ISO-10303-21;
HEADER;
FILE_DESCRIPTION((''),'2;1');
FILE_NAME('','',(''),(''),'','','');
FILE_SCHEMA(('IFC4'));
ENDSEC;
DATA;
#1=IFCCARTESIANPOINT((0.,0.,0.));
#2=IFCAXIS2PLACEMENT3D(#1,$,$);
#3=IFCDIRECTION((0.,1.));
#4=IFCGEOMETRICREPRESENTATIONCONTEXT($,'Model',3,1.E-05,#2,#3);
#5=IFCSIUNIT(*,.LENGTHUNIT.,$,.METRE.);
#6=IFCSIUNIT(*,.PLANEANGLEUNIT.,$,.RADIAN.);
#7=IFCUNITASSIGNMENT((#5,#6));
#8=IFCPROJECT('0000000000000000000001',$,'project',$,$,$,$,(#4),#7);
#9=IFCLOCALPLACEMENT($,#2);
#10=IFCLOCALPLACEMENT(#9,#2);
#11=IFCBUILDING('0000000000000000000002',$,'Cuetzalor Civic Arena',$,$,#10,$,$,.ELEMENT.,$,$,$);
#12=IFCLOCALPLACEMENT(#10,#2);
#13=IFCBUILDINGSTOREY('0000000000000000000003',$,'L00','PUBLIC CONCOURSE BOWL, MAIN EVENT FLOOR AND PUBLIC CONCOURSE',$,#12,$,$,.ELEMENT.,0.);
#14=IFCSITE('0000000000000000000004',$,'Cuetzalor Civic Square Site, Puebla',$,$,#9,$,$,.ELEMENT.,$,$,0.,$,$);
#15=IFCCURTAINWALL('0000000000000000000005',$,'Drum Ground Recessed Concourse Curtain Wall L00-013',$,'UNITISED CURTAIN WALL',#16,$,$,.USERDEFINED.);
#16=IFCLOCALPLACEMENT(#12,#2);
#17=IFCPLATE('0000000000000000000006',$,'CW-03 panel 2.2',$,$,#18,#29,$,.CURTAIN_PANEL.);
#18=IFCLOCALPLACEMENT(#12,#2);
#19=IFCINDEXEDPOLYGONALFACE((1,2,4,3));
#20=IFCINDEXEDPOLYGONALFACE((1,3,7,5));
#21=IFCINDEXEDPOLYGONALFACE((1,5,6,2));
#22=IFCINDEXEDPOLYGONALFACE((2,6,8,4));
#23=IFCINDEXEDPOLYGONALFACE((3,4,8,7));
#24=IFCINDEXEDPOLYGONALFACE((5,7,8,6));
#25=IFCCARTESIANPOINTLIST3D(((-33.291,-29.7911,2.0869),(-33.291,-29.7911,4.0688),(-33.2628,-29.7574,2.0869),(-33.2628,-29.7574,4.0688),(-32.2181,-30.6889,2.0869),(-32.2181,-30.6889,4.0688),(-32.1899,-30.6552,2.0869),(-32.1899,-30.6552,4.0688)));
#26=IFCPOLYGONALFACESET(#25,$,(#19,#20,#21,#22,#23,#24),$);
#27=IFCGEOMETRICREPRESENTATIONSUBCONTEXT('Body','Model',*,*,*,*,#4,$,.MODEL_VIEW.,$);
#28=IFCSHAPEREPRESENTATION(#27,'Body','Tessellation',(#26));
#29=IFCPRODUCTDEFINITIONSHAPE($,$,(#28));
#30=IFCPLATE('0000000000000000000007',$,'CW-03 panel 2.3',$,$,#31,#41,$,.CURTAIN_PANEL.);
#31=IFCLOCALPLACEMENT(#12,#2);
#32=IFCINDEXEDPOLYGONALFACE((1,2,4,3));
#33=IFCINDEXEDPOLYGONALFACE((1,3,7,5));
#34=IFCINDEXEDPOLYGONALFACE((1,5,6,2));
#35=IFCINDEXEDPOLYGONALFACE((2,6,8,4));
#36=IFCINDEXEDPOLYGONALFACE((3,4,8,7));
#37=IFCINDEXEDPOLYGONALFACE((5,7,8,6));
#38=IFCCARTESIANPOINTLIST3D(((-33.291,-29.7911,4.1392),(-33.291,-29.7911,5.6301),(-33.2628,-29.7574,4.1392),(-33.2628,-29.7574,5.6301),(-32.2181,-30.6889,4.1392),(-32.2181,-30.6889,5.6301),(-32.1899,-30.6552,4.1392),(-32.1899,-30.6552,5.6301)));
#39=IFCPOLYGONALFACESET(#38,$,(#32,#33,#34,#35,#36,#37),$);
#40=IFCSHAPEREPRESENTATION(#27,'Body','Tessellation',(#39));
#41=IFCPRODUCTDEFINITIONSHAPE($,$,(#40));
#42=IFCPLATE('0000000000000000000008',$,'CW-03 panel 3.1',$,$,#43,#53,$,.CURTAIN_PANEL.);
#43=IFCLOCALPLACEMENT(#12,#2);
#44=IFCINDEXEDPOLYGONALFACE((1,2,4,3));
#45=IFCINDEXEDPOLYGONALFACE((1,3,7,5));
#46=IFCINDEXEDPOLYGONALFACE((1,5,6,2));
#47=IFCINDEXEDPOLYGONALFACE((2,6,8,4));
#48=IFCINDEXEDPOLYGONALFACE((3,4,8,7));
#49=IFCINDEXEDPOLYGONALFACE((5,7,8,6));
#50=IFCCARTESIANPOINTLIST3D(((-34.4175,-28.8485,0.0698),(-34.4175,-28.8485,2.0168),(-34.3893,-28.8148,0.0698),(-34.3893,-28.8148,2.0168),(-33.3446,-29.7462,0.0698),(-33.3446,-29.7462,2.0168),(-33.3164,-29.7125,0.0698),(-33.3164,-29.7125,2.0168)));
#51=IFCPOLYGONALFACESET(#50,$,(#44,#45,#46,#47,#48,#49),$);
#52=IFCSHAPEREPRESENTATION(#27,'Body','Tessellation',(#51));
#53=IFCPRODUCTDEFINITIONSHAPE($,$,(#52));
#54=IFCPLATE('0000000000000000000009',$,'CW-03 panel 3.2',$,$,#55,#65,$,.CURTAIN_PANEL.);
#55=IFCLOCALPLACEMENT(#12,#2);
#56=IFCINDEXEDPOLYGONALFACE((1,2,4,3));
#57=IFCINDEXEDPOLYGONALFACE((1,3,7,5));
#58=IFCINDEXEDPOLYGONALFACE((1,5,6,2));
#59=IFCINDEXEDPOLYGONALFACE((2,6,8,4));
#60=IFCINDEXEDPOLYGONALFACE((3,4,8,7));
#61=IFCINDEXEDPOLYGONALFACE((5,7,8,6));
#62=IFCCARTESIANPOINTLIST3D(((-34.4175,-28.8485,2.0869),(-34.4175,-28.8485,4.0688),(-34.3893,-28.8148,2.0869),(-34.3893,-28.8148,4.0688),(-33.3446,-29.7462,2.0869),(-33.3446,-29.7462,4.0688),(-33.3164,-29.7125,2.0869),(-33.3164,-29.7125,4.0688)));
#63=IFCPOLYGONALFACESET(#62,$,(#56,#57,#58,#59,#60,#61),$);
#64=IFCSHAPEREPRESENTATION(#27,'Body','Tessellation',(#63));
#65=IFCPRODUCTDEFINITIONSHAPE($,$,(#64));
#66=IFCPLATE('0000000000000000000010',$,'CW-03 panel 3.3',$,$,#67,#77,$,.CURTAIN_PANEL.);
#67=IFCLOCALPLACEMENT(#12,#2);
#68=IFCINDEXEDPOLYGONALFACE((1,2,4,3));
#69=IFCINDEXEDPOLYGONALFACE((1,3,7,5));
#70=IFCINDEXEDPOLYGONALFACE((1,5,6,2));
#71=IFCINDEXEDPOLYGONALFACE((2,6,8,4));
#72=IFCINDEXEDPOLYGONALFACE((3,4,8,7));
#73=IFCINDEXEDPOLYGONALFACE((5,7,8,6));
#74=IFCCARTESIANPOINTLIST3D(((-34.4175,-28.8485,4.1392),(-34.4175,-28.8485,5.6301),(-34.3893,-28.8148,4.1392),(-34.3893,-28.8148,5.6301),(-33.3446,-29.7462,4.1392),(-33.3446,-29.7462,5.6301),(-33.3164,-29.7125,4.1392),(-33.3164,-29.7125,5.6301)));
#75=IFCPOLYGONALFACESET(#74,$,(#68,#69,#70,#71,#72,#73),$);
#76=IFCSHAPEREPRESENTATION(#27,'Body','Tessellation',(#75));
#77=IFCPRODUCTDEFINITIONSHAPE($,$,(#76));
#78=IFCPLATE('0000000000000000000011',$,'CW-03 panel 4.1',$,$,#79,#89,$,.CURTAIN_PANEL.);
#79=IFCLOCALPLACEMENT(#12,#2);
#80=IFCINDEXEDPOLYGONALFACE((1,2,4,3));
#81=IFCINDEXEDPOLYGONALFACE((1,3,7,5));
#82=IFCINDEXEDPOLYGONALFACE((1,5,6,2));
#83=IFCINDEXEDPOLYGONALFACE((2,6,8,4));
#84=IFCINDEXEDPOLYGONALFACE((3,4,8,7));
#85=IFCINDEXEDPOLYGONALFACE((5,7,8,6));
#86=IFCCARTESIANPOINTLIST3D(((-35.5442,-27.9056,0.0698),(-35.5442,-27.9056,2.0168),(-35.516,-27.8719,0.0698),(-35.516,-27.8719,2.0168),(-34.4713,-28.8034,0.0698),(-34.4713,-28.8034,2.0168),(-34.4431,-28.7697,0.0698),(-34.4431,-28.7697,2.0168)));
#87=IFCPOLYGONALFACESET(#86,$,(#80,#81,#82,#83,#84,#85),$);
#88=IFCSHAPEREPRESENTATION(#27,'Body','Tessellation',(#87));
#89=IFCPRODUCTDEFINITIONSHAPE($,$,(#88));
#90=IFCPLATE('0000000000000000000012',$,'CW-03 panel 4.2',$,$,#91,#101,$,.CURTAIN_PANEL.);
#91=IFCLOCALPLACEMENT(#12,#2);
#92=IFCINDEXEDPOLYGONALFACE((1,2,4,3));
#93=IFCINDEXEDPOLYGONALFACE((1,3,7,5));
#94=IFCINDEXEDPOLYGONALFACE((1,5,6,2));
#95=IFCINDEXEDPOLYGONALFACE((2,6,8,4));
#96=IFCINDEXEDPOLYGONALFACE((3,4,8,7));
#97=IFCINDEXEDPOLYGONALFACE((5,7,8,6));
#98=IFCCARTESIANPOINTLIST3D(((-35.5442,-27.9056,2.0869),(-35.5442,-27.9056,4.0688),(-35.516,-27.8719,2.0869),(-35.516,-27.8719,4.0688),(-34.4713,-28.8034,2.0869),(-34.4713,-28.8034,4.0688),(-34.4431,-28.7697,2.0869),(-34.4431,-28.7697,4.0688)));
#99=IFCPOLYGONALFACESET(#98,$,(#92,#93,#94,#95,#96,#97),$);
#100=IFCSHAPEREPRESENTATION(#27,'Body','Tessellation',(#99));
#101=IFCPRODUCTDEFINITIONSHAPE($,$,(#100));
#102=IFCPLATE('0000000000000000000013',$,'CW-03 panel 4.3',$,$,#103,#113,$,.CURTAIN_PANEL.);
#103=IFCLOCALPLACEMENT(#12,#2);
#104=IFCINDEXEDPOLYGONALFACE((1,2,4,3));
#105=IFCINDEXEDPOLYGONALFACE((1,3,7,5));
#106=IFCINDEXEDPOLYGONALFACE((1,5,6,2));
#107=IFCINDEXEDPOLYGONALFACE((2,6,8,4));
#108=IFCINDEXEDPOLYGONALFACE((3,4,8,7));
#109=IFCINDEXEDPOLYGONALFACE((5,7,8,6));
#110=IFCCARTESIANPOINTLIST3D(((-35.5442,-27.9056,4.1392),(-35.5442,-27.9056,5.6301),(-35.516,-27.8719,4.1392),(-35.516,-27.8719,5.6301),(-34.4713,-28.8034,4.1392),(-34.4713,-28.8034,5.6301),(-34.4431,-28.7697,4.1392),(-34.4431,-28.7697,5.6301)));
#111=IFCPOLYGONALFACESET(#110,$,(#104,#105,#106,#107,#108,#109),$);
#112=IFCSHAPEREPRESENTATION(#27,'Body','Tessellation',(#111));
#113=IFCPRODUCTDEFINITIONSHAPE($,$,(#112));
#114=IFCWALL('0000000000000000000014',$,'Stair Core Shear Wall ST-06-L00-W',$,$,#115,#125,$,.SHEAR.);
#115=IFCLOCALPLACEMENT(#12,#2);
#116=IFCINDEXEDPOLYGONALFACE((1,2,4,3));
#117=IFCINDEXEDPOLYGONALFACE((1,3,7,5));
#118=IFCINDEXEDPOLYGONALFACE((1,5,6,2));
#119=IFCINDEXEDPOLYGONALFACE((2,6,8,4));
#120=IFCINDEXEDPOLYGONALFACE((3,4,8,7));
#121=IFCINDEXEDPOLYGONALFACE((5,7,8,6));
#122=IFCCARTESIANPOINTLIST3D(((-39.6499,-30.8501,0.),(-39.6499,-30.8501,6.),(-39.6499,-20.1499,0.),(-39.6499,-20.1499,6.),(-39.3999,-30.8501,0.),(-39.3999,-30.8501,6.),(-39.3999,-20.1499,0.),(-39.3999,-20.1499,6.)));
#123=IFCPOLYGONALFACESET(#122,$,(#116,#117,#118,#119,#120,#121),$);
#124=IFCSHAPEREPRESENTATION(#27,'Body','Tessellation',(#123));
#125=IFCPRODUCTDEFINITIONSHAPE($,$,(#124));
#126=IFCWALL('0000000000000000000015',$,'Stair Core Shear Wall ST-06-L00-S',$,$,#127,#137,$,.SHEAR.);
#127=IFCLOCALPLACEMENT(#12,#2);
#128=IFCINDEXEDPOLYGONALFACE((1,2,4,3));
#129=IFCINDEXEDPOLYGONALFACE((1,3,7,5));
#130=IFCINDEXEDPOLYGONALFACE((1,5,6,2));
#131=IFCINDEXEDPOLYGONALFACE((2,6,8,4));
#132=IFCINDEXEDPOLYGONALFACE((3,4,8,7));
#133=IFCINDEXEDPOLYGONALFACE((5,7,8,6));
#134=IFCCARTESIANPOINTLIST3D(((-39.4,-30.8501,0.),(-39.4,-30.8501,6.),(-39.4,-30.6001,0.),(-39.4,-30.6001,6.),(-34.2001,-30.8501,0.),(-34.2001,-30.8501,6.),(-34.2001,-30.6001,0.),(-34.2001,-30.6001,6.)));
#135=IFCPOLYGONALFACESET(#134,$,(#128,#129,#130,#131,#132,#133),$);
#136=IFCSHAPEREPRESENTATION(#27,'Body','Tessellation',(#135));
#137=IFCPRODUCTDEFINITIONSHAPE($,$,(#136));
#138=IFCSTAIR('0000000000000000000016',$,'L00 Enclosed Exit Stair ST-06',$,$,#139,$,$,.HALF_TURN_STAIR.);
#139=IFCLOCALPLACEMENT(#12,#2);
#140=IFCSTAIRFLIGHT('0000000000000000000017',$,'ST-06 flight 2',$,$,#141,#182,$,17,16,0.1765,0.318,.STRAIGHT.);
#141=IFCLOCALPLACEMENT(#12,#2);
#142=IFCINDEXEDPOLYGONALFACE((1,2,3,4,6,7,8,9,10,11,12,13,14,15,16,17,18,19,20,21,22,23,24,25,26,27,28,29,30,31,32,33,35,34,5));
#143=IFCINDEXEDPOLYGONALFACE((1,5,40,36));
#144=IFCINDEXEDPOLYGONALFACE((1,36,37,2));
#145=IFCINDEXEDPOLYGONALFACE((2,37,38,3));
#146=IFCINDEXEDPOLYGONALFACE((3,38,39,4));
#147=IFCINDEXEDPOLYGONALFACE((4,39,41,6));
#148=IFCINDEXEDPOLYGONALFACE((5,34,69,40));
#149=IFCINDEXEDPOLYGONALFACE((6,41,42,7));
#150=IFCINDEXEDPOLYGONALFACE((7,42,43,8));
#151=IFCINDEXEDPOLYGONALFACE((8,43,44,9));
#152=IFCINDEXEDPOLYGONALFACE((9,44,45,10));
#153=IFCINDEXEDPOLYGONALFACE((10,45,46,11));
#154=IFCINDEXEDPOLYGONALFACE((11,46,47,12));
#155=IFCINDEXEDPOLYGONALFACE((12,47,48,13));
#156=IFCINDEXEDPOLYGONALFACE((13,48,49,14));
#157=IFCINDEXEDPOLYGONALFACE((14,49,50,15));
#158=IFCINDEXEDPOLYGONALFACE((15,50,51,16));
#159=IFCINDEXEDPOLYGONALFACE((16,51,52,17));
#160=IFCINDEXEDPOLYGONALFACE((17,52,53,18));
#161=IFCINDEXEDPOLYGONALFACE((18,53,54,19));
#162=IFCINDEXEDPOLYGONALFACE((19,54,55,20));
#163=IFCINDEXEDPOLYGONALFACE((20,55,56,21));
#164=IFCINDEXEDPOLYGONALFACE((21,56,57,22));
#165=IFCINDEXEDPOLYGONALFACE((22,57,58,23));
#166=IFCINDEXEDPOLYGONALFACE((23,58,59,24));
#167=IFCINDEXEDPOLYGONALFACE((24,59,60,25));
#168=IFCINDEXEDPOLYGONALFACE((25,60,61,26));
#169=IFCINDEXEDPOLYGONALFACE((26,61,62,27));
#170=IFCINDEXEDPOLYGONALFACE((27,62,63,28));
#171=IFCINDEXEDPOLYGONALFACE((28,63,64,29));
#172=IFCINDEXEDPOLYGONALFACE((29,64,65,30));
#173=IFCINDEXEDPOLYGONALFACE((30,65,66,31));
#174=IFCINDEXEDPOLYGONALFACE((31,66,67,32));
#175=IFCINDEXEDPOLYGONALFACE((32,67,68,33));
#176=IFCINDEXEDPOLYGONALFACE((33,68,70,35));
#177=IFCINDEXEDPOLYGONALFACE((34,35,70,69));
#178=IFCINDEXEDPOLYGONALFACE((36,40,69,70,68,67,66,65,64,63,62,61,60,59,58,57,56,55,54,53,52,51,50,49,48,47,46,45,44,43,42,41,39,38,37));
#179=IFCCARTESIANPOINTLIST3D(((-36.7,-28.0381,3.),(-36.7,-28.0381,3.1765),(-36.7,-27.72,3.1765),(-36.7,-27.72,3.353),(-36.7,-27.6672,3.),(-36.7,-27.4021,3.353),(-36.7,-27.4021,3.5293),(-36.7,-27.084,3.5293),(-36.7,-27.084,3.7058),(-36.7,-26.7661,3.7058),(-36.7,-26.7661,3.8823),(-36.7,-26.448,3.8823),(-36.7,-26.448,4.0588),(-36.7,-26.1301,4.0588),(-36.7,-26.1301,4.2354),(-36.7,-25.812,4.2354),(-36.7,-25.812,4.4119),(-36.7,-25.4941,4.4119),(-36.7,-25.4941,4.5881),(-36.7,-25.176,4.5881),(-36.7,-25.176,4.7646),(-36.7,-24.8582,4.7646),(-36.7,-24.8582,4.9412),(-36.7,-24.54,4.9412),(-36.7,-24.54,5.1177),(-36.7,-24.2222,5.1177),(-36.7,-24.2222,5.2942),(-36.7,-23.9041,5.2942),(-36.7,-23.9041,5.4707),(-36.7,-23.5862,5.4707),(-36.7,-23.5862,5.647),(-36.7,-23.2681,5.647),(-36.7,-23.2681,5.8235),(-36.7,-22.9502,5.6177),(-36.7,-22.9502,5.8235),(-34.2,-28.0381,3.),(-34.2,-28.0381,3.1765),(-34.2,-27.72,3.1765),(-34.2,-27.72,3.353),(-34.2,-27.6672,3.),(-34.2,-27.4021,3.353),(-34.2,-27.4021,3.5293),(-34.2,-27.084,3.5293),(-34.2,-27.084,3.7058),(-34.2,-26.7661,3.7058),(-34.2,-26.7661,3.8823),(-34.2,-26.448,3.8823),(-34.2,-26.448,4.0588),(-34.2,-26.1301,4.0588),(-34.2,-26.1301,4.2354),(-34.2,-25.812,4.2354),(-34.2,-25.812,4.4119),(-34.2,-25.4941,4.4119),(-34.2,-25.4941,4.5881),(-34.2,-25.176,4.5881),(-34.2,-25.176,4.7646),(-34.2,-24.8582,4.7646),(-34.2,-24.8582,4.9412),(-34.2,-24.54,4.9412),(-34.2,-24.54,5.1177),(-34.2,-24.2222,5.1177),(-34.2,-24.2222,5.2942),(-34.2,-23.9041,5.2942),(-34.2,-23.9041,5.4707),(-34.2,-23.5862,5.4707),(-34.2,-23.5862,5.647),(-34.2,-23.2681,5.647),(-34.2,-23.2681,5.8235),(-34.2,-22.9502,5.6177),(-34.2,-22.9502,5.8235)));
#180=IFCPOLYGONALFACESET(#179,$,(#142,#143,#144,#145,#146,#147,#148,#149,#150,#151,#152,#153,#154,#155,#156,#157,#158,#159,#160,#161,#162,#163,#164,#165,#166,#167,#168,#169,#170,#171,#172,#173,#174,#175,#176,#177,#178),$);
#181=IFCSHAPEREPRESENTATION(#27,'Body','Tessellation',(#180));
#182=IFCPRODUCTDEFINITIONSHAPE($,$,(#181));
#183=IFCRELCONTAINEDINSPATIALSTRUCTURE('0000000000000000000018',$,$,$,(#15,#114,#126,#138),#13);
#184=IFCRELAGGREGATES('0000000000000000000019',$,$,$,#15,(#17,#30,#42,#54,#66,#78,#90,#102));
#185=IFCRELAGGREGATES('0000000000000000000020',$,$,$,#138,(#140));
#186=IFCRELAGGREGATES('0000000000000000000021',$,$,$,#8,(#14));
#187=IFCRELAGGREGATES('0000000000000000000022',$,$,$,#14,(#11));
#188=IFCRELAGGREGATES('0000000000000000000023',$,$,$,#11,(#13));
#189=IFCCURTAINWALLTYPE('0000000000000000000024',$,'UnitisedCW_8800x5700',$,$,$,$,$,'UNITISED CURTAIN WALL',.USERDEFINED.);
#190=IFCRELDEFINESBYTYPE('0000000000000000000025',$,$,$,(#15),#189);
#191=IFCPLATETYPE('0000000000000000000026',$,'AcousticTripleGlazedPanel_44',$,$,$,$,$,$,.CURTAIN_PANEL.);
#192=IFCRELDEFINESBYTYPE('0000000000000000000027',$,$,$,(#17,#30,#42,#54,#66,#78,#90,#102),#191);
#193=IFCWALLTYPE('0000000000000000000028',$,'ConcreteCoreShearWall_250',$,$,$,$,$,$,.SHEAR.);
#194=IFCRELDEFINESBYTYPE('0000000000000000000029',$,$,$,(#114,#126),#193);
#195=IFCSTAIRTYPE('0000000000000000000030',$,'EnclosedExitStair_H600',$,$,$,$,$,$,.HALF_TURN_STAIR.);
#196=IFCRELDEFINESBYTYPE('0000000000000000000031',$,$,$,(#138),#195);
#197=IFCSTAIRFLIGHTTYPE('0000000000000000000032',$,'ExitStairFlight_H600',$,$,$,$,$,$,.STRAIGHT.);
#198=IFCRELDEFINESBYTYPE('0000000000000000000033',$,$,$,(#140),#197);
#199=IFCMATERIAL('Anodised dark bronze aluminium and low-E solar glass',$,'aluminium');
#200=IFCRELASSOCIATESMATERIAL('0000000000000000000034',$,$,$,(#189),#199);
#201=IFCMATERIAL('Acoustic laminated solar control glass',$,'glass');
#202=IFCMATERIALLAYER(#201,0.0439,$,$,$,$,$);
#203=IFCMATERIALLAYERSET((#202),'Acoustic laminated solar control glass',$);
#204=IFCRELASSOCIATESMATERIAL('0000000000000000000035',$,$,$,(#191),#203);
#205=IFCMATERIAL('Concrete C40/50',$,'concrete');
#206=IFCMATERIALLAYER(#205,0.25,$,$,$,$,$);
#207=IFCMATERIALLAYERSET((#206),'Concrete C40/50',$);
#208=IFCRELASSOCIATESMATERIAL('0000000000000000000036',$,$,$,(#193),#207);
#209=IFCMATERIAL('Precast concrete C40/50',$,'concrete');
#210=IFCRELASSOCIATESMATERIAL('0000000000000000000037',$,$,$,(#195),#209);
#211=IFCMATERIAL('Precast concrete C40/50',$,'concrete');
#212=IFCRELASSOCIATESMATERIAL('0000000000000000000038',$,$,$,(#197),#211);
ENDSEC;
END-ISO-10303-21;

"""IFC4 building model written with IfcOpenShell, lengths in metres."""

from ifc_helpers import new_model, si_unit, direction, frame, frame_2d, origin, origin_2d, place, context, subcontext, project, spatial, polyline, rectangle, outline, extrude, material, layer, layer_set, type_object, element, aggregate, save


model = new_model("IFC4")

# Units and contexts
model_context = context("Model", 3, precision=1e-05, world=origin(), true_north=direction((0.0, 1.0)))
body_context = subcontext(model_context, "Body", "Model", "MODEL_VIEW")
ifc_project = project(units=[si_unit("LENGTHUNIT", "METRE"), si_unit("PLANEANGLEUNIT", "RADIAN")], contexts=[model_context])

# Site, building, storey
site_placement = place(None, origin())
site = spatial("IfcSite", under=ifc_project, at=site_placement, Name="Cuetzalor Civic Square Site, Puebla", CompositionType="ELEMENT", RefElevation=0.0)
building_placement = place(site_placement, origin())
building = spatial("IfcBuilding", under=site, at=building_placement, Name="Cuetzalor Civic Arena", CompositionType="ELEMENT")
storey_placement = place(building_placement, origin())
storey = spatial("IfcBuildingStorey", under=building, at=storey_placement, Name="L00", Description="PUBLIC CONCOURSE BOWL, MAIN EVENT FLOOR AND PUBLIC CONCOURSE", CompositionType="ELEMENT", Elevation=0.0)

# Curtain wall
ifc_material_1 = material(Name="Anodised dark bronze aluminium and low-E solar glass", Category="aluminium")
curtain_wall_type = type_object("IfcCurtainWallType", Name="UnitisedCW_8800x5700", ElementType="UNITISED CURTAIN WALL", PredefinedType="USERDEFINED", material=ifc_material_1)
curtain_wall_placement = place(storey_placement, origin())
curtain_wall = element("IfcCurtainWall", 1, at=curtain_wall_placement, inside=storey, type_object=curtain_wall_type, Name="Drum Ground Recessed Concourse Curtain Wall L00-013", ObjectType="UNITISED CURTAIN WALL", PredefinedType="USERDEFINED")

# Plates
ifc_material_2 = material(Name="Acoustic laminated solar control glass", Category="glass")
ifc_layer_1 = layer(ifc_material_2, 0.0439)
ifc_layer_set_1 = layer_set([ifc_layer_1], Name="Acoustic laminated solar control glass")
plate_type = type_object("IfcPlateType", Name="AcousticTripleGlazedPanel_44", PredefinedType="CURTAIN_PANEL", material=ifc_layer_set_1)
plate_1_placement = place(storey_placement, frame((-32.7405, -30.2231, 2.0869), z_axis=(0.0, 0.0, 1.0), x_axis=(-0.766928, 0.641733, 0.0)))
plate_1 = element("IfcPlate", 2, at=plate_1_placement, type_object=plate_type, Name="CW-03 panel 2.2", PredefinedType="CURTAIN_PANEL", context=body_context, shape_type="SweptSolid", body=[
    extrude(rectangle(XDim=1.3989, YDim=0.0439, at=origin_2d()), origin(), (0.0, 0.0, 1.0), 1.9819),
])
plate_2_placement = place(storey_placement, frame((-32.7405, -30.2231, 4.1392), z_axis=(0.0, 0.0, 1.0), x_axis=(-0.766928, 0.641733, 0.0)))
plate_2 = element("IfcPlate", 3, at=plate_2_placement, type_object=plate_type, Name="CW-03 panel 2.3", PredefinedType="CURTAIN_PANEL", context=body_context, shape_type="SweptSolid", body=[
    extrude(rectangle(XDim=1.3989, YDim=0.0439, at=origin_2d()), origin(), (0.0, 0.0, 1.0), 1.491),
])
plate_3_placement = place(storey_placement, frame((-33.8669, -29.2805, 0.0698), z_axis=(0.0, 0.0, 1.0), x_axis=(-0.766928, 0.641733, 0.0)))
plate_3 = element("IfcPlate", 4, at=plate_3_placement, type_object=plate_type, Name="CW-03 panel 3.1", PredefinedType="CURTAIN_PANEL", context=body_context, shape_type="SweptSolid", body=[
    extrude(rectangle(XDim=1.3989, YDim=0.0439, at=origin_2d()), origin(), (0.0, 0.0, 1.0), 1.947),
])
plate_4_placement = place(storey_placement, frame((-33.8669, -29.2805, 2.0869), z_axis=(0.0, 0.0, 1.0), x_axis=(-0.766928, 0.641733, 0.0)))
plate_4 = element("IfcPlate", 5, at=plate_4_placement, type_object=plate_type, Name="CW-03 panel 3.2", PredefinedType="CURTAIN_PANEL", context=body_context, shape_type="SweptSolid", body=[
    extrude(rectangle(XDim=1.3989, YDim=0.0439, at=origin_2d()), origin(), (0.0, 0.0, 1.0), 1.9819),
])
plate_5_placement = place(storey_placement, frame((-33.8669, -29.2805, 4.1392), z_axis=(0.0, 0.0, 1.0), x_axis=(-0.766928, 0.641733, 0.0)))
plate_5 = element("IfcPlate", 6, at=plate_5_placement, type_object=plate_type, Name="CW-03 panel 3.3", PredefinedType="CURTAIN_PANEL", context=body_context, shape_type="SweptSolid", body=[
    extrude(rectangle(XDim=1.3989, YDim=0.0439, at=origin_2d()), origin(), (0.0, 0.0, 1.0), 1.491),
])
plate_6_placement = place(storey_placement, frame((-34.9937, -28.3376, 0.0698), z_axis=(0.0, 0.0, 1.0), x_axis=(-0.766928, 0.641733, 0.0)))
plate_6 = element("IfcPlate", 7, at=plate_6_placement, type_object=plate_type, Name="CW-03 panel 4.1", PredefinedType="CURTAIN_PANEL", context=body_context, shape_type="SweptSolid", body=[
    extrude(rectangle(XDim=1.3989, YDim=0.0439, at=origin_2d()), origin(), (0.0, 0.0, 1.0), 1.947),
])
plate_7_placement = place(storey_placement, frame((-34.9937, -28.3376, 2.0869), z_axis=(0.0, 0.0, 1.0), x_axis=(-0.766928, 0.641733, 0.0)))
plate_7 = element("IfcPlate", 8, at=plate_7_placement, type_object=plate_type, Name="CW-03 panel 4.2", PredefinedType="CURTAIN_PANEL", context=body_context, shape_type="SweptSolid", body=[
    extrude(rectangle(XDim=1.3989, YDim=0.0439, at=origin_2d()), origin(), (0.0, 0.0, 1.0), 1.9819),
])
plate_8_placement = place(storey_placement, frame((-34.9937, -28.3376, 4.1392), z_axis=(0.0, 0.0, 1.0), x_axis=(-0.766928, 0.641733, 0.0)))
plate_8 = element("IfcPlate", 9, at=plate_8_placement, type_object=plate_type, Name="CW-03 panel 4.3", PredefinedType="CURTAIN_PANEL", context=body_context, shape_type="SweptSolid", body=[
    extrude(rectangle(XDim=1.3989, YDim=0.0439, at=origin_2d()), origin(), (0.0, 0.0, 1.0), 1.491),
])
aggregate(curtain_wall, [plate_1, plate_2, plate_3, plate_4, plate_5, plate_6, plate_7, plate_8])

# Walls
ifc_material_3 = material(Name="Concrete C40/50", Category="concrete")
ifc_layer_2 = layer(ifc_material_3, 0.25)
ifc_layer_set_2 = layer_set([ifc_layer_2], Name="Concrete C40/50")
wall_type = type_object("IfcWallType", Name="ConcreteCoreShearWall_250", PredefinedType="SHEAR", material=ifc_layer_set_2)
wall_1_placement = place(storey_placement, frame((-39.5249, -30.8501, 0.0), z_axis=(0.0, 0.0, 1.0), x_axis=(0.0, 1.0, 0.0)))
element("IfcWall", 10, at=wall_1_placement, inside=storey, type_object=wall_type, Name="Stair Core Shear Wall ST-06-L00-W", PredefinedType="SHEAR", context=body_context, shape_type="SweptSolid", body=[
    extrude(rectangle(XDim=10.7002, YDim=0.25, at=frame_2d((5.3501, 0.0))), origin(), (0.0, 0.0, 1.0), 6.0),
])
wall_2_placement = place(storey_placement, frame((-34.2, -30.7251, 0.0), z_axis=(0.0, 0.0, 1.0), x_axis=(-1.0, 0.0, 0.0)))
element("IfcWall", 11, at=wall_2_placement, inside=storey, type_object=wall_type, Name="Stair Core Shear Wall ST-06-L00-S", PredefinedType="SHEAR", context=body_context, shape_type="SweptSolid", body=[
    extrude(rectangle(XDim=5.2, YDim=0.25, at=frame_2d((2.6001, 0.0))), origin(), (0.0, 0.0, 1.0), 6.0),
])

# Stair, stair flight
ifc_material_4 = material(Name="Precast concrete C40/50", Category="concrete")
stair_type = type_object("IfcStairType", Name="EnclosedExitStair_H600", PredefinedType="HALF_TURN_STAIR", material=ifc_material_4)
stair_placement = place(storey_placement, origin())
stair = element("IfcStair", 12, at=stair_placement, inside=storey, type_object=stair_type, Name="L00 Enclosed Exit Stair ST-06", PredefinedType="HALF_TURN_STAIR")
ifc_material_5 = material(Name="Precast concrete C40/50", Category="concrete")
stair_flight_type = type_object("IfcStairFlightType", Name="ExitStairFlight_H600", PredefinedType="STRAIGHT", material=ifc_material_5)
stair_flight_placement = place(storey_placement, frame((-35.45, -28.0381, 3.0), z_axis=(0.0, 0.0, 1.0), x_axis=(0.0, 1.0, 0.0)))
stair_flight = element("IfcStairFlight", 13, at=stair_flight_placement, type_object=stair_flight_type, Name="ST-06 flight 2", NumberOfRisers=17, NumberOfTreads=16, PredefinedType="STRAIGHT", RiserHeight=0.1765, TreadLength=0.318, context=body_context, shape_type="SweptSolid", body=[
    extrude(outline(polyline([(0.0, 0.0), (0.0, 0.1765), (0.3181, 0.1765), (0.3181, 0.353), (0.636, 0.353), (0.636, 0.5293), (0.9541, 0.5293), (0.9541, 0.7058), (1.272, 0.7058), (1.272, 0.8823), (1.5901, 0.8823), (1.5901, 1.0588), (1.908, 1.0588), (1.908, 1.2354), (2.2261, 1.2354), (2.2261, 1.4119), (2.5439, 1.4119), (2.5439, 1.5881), (2.8621, 1.5881), (2.8621, 1.7646), (3.1799, 1.7646), (3.1799, 1.9412), (3.498, 1.9412), (3.498, 2.1177), (3.8159, 2.1177), (3.8159, 2.2942), (4.134, 2.2942), (4.134, 2.4707), (4.4519, 2.4707), (4.4519, 2.647), (4.77, 2.647), (4.77, 2.8235), (5.0879, 2.8235), (5.0879, 3.0), (5.0879, 2.6177), (0.3708, 0.0), (0.0, 0.0)])), frame((0.0, 1.25, 0.0), z_axis=(0.0, -1.0, 0.0), x_axis=(1.0, 0.0, 0.0)), (0.0, 0.0, 1.0), 2.5),
])
aggregate(stair, [stair_flight])

save(model, "model.ifc")
